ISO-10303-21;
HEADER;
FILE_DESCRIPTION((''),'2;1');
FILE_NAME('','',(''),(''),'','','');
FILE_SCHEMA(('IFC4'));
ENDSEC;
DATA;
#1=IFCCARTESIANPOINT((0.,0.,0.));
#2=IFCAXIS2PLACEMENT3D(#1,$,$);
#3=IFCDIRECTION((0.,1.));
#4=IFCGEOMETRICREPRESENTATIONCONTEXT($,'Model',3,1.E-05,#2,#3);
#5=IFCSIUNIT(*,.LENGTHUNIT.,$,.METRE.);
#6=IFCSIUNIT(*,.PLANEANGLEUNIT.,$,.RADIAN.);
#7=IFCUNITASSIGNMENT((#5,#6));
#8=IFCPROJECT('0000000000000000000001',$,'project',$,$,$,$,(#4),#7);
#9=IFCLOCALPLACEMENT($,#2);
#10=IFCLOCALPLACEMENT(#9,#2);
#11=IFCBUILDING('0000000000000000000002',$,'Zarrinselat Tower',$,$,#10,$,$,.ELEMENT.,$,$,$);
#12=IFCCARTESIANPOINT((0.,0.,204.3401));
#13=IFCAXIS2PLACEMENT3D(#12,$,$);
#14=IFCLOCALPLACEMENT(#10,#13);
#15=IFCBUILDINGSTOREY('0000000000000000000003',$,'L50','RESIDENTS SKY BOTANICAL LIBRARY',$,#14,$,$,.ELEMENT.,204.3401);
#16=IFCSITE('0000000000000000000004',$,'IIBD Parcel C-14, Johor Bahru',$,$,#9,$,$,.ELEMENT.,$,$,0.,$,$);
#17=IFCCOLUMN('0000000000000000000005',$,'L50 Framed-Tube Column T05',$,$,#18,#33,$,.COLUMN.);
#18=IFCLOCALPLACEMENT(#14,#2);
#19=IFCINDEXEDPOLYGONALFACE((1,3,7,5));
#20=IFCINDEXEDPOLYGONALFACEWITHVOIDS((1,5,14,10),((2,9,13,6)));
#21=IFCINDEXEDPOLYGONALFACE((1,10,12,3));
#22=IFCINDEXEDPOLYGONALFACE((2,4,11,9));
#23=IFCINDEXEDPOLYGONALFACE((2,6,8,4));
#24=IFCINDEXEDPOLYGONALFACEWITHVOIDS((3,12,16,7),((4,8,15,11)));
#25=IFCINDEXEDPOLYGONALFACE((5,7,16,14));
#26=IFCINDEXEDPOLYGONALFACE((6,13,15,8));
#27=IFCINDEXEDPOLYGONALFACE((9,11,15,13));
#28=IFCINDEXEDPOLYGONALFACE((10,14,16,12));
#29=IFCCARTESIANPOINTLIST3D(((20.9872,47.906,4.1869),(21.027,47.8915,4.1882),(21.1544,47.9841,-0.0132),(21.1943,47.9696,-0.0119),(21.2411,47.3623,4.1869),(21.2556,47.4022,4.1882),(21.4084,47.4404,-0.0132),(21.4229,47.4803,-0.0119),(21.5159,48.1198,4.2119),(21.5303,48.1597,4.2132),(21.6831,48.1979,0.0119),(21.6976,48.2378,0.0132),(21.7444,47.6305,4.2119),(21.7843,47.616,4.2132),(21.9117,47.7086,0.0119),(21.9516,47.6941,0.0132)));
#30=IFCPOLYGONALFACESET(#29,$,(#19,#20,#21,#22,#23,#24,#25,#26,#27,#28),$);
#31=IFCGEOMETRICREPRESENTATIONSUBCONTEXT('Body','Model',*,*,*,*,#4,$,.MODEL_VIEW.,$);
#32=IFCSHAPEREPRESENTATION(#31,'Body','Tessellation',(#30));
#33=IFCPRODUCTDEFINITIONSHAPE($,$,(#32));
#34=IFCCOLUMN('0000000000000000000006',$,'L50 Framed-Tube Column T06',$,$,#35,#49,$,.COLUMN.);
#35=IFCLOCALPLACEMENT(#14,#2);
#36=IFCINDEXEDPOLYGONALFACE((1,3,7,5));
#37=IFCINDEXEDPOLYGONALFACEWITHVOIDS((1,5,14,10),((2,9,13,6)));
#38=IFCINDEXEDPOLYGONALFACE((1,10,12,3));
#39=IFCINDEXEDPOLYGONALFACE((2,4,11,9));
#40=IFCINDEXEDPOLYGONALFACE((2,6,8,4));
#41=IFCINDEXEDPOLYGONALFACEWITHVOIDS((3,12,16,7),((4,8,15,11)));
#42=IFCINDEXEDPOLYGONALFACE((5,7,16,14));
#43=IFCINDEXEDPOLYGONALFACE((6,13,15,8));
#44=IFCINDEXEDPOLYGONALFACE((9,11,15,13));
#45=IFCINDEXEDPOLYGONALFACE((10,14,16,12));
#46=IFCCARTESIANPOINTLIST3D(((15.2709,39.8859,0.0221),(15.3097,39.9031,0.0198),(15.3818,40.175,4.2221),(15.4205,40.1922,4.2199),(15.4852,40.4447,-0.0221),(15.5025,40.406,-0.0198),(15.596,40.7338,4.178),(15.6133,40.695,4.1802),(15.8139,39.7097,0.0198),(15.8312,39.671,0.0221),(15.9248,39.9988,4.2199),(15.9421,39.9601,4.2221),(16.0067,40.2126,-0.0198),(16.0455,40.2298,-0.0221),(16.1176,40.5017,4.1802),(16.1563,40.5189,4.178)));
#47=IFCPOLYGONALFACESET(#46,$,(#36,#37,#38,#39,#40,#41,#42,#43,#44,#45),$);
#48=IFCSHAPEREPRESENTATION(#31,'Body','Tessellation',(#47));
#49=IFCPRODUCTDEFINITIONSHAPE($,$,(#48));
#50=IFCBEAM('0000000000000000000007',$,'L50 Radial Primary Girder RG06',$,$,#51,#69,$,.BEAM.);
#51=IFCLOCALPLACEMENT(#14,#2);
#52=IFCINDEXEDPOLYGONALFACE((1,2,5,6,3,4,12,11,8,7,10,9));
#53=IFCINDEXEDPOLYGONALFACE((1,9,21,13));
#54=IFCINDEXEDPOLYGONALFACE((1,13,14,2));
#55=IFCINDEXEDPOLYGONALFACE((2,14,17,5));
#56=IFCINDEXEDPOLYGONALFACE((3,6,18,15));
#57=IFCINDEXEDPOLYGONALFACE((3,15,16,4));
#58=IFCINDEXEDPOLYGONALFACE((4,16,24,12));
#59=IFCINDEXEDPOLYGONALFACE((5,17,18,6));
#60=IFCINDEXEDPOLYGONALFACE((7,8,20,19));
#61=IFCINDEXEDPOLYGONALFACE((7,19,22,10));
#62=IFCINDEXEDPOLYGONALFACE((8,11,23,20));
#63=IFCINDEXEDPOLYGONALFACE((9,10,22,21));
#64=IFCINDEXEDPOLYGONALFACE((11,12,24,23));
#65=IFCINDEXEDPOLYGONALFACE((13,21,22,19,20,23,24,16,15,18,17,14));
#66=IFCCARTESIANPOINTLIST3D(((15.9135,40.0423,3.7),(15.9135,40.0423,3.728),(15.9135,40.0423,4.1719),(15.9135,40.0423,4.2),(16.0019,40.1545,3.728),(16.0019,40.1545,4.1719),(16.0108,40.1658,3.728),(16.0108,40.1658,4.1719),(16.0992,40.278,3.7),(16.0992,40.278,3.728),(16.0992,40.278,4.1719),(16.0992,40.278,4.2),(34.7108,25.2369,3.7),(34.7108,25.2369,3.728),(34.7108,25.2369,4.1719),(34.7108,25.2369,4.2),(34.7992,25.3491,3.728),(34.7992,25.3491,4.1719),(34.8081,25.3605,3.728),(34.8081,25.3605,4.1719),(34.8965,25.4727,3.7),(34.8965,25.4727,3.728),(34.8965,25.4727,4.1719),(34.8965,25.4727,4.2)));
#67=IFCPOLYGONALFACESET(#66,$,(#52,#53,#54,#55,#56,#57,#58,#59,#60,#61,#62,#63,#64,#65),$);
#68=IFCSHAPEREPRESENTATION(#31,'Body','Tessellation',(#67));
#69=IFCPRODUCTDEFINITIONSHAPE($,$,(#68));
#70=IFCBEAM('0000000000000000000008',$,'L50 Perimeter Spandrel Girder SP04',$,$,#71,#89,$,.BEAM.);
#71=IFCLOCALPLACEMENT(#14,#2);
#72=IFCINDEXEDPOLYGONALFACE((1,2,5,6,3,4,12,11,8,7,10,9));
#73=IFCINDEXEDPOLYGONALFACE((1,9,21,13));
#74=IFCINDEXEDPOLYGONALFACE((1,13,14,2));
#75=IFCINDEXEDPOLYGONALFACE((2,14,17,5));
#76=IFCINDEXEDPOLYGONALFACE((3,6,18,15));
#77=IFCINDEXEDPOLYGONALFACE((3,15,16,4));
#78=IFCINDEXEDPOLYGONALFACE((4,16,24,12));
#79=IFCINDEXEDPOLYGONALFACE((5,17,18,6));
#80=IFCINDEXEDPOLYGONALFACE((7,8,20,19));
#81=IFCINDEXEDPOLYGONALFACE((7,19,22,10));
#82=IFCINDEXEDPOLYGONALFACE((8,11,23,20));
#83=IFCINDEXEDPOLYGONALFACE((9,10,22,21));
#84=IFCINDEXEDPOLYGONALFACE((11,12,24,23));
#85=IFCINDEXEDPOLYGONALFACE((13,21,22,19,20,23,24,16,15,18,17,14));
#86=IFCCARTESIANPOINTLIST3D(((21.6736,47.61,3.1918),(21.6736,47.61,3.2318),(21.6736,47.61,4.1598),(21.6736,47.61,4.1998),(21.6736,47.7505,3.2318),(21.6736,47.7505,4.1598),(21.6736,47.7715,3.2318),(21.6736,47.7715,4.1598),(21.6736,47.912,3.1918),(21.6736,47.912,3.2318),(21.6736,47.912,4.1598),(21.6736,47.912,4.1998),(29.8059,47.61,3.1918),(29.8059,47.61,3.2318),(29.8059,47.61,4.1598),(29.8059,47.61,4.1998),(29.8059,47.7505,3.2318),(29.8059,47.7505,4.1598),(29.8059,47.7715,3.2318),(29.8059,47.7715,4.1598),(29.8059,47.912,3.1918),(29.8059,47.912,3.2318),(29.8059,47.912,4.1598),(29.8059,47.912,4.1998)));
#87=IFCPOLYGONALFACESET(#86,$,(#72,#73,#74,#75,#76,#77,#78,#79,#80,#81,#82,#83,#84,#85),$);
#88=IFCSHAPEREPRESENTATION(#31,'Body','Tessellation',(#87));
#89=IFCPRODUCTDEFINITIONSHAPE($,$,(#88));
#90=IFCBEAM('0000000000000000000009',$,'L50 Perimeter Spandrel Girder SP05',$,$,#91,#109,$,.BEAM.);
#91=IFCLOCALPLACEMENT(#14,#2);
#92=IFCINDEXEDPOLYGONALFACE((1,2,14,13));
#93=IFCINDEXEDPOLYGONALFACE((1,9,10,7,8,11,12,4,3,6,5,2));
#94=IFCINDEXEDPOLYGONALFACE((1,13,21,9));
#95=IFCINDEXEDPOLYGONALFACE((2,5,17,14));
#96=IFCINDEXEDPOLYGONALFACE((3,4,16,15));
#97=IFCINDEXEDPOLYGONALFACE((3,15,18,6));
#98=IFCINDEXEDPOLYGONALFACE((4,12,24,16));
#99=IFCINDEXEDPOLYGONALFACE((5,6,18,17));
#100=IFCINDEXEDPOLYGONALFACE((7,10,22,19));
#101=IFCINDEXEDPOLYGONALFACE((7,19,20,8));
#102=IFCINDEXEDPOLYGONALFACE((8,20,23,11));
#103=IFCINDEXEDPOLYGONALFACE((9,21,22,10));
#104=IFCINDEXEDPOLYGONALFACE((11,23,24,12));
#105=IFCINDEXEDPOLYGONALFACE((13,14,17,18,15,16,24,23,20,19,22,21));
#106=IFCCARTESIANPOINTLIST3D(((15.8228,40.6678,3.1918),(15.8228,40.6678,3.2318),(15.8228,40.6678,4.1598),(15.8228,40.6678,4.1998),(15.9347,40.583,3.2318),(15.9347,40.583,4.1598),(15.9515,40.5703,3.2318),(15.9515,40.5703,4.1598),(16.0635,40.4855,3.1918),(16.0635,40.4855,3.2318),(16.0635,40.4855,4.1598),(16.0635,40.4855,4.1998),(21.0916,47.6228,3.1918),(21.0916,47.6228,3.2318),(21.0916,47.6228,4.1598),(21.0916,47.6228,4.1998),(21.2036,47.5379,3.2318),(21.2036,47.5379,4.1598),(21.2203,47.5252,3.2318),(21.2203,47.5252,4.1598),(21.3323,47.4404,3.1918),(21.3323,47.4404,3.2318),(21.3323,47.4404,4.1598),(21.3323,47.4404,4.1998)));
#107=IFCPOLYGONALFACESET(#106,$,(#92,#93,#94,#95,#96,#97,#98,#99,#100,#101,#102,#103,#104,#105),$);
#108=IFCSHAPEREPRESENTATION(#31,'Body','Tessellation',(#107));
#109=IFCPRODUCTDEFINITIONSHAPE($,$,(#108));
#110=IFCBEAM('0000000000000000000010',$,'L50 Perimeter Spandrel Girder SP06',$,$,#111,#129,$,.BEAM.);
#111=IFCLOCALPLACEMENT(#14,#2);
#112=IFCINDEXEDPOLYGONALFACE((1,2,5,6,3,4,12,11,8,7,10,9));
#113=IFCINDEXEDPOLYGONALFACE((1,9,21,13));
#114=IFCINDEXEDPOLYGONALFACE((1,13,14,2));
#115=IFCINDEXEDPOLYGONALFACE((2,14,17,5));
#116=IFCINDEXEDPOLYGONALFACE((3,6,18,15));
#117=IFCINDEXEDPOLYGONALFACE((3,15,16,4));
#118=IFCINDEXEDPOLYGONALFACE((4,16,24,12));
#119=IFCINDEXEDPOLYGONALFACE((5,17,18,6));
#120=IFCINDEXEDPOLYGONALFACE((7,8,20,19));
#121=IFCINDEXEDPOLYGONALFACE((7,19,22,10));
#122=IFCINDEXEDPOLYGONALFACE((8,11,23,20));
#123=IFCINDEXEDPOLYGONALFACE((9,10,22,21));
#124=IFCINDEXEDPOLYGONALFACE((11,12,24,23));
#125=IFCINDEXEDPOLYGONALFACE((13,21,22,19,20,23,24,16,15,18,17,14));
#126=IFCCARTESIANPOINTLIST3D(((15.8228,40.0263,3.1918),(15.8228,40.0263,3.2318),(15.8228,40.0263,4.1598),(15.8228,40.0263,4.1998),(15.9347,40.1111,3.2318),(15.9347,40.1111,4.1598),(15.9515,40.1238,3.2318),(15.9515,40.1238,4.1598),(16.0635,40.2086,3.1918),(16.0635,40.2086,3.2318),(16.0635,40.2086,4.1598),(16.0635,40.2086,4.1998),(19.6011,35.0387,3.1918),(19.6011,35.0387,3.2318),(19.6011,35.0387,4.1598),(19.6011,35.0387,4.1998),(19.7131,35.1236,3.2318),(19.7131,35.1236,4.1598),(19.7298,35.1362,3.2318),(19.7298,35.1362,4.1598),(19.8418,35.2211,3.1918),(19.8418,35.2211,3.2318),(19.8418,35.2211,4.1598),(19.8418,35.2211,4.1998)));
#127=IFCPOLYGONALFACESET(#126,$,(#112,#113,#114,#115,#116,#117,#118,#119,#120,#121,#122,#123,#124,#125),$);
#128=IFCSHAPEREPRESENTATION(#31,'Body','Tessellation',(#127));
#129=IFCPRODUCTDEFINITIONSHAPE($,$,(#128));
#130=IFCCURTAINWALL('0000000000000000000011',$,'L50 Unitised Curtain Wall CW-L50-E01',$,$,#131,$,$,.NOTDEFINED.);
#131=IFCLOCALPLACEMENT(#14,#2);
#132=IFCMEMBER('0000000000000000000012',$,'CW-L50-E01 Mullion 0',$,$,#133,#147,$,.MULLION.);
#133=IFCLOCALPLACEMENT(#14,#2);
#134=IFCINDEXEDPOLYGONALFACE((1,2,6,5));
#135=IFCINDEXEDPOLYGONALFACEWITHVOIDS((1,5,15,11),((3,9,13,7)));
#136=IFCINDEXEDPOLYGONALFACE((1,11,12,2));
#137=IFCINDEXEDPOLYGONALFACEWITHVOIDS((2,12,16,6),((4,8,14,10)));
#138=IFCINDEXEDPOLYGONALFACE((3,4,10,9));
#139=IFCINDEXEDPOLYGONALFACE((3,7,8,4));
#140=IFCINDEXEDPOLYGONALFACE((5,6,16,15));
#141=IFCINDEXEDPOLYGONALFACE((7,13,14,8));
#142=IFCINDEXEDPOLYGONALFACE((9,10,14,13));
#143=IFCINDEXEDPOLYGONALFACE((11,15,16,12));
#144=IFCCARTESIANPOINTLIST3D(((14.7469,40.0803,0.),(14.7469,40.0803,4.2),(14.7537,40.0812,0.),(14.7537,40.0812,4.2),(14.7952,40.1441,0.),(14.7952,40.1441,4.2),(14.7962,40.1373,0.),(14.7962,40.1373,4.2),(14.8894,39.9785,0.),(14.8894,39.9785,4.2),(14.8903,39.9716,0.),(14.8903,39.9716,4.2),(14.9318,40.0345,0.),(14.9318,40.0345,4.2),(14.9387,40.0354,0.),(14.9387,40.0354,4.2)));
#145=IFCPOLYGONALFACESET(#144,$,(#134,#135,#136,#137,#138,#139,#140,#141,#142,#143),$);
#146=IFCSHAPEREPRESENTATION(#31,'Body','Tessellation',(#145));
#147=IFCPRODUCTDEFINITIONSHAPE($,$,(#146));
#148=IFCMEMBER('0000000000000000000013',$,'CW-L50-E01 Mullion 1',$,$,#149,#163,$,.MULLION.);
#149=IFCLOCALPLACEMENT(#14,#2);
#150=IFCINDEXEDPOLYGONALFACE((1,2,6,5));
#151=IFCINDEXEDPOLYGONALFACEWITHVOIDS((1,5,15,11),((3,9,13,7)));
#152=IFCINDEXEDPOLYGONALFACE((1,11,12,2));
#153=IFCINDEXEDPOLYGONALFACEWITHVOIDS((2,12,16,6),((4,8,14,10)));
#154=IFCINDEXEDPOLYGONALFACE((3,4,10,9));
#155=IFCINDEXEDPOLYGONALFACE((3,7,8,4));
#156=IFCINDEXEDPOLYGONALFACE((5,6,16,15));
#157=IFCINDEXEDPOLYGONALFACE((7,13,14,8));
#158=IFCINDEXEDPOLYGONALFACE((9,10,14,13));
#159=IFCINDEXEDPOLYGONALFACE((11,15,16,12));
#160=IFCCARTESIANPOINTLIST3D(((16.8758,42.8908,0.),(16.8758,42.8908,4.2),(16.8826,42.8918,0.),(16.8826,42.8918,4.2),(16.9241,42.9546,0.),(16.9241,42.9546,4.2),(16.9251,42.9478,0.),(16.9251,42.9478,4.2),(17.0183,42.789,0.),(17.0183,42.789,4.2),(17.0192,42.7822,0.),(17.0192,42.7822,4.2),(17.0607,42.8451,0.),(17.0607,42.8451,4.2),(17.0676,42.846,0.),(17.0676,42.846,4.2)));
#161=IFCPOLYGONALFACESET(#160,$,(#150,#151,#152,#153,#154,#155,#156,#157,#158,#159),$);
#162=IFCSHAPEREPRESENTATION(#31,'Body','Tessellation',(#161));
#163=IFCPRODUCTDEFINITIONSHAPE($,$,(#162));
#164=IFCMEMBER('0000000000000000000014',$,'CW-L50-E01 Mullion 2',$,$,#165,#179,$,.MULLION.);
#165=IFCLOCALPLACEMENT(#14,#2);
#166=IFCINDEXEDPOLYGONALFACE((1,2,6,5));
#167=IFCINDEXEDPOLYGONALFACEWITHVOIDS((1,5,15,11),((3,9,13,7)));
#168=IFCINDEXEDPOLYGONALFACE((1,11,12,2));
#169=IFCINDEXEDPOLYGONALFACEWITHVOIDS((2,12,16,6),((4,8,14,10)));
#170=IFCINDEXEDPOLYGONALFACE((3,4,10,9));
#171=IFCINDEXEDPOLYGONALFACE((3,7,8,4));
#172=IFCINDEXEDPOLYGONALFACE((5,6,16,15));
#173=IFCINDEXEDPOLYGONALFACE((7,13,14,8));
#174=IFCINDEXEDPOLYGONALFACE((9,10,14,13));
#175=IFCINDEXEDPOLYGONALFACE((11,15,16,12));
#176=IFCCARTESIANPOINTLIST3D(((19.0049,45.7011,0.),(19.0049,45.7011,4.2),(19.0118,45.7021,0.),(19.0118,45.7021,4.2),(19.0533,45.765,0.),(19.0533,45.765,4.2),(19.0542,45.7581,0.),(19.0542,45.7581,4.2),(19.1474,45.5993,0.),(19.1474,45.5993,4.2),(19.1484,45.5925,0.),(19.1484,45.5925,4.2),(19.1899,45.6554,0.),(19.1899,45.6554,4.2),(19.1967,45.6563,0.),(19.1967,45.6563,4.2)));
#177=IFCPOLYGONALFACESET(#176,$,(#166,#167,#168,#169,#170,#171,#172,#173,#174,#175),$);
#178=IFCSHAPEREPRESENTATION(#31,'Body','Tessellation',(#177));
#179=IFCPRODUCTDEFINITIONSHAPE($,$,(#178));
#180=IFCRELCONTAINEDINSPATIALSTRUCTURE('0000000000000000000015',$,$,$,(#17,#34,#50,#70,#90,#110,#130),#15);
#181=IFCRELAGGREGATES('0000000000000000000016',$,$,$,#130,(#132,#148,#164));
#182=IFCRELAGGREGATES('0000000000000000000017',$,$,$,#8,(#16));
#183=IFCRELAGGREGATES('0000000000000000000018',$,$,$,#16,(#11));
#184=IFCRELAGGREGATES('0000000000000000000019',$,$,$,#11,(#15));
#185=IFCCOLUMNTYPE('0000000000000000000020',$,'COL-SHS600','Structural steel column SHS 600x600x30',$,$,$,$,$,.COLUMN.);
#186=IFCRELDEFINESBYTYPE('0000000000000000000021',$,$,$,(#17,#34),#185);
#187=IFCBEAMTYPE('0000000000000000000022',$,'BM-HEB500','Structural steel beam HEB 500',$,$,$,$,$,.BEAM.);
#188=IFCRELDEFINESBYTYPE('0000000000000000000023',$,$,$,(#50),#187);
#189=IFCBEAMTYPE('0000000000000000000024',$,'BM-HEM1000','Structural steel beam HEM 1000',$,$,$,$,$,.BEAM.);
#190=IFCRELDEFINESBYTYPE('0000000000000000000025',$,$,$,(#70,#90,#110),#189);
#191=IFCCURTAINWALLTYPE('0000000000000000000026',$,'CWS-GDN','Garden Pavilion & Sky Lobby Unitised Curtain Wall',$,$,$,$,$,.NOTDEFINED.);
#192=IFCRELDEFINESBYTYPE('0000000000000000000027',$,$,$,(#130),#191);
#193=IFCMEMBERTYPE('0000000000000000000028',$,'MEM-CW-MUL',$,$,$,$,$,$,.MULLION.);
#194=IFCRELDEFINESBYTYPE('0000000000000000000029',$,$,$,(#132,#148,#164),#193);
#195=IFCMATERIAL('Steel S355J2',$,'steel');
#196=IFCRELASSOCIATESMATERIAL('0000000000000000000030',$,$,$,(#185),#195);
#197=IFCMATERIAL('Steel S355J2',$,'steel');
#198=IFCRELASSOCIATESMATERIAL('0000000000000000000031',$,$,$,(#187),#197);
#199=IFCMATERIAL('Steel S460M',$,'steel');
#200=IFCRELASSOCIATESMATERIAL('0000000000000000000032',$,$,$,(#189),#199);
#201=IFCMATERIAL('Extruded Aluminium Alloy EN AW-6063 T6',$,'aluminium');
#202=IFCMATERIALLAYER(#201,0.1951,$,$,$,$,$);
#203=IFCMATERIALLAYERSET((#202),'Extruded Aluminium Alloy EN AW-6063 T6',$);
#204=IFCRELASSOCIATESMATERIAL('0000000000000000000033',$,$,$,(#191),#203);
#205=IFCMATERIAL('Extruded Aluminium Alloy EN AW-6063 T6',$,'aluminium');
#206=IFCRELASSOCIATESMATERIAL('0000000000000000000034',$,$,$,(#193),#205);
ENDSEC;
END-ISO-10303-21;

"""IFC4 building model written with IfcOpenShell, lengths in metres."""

from ifc_helpers import new_model, si_unit, direction, frame, origin, origin_2d, place, context, subcontext, project, spatial, hollow_rectangle, i_section, extrude, material, layer, layer_set, material_profile, profile_set, type_object, element, aggregate, save


model = new_model("IFC4")

# Units and contexts
model_context = context("Model", 3, precision=1e-05, world=origin(), true_north=direction((0.0, 1.0)))
body_context = subcontext(model_context, "Body", "Model", "MODEL_VIEW")
ifc_project = project(units=[si_unit("LENGTHUNIT", "METRE"), si_unit("PLANEANGLEUNIT", "RADIAN")], contexts=[model_context])

# Site, building, storey
site_placement = place(None, origin())
site = spatial("IfcSite", under=ifc_project, at=site_placement, Name="IIBD Parcel C-14, Johor Bahru", CompositionType="ELEMENT", RefElevation=0.0)
building_placement = place(site_placement, origin())
building = spatial("IfcBuilding", under=site, at=building_placement, Name="Zarrinselat Tower", CompositionType="ELEMENT")
storey_placement = place(building_placement, frame((0.0, 0.0, 204.3401)))
storey = spatial("IfcBuildingStorey", under=building, at=storey_placement, Name="L50", Description="RESIDENTS SKY BOTANICAL LIBRARY", CompositionType="ELEMENT", Elevation=204.3401)

# Columns
ifc_material_1 = material(Name="Steel S355J2", Category="steel")
ifc_material_profile_1 = material_profile(ifc_material_1, hollow_rectangle(XDim=0.6001, YDim=0.6001, WallThickness=0.03, at=origin_2d()), Name="SHS 600x600x30")
ifc_profile_set_1 = profile_set([ifc_material_profile_1], Name="Steel S355J2")
column_type = type_object("IfcColumnType", Name="COL-SHS600", Description="Structural steel column SHS 600x600x30", PredefinedType="COLUMN", material=ifc_profile_set_1)
column_1_placement = place(storey_placement, frame((21.553, 47.8391, 0.0), z_axis=(-0.03978, -0.018583, 0.999036), x_axis=(0.423247, -0.906014, 0.0)))
element("IfcColumn", 1, at=column_1_placement, inside=storey, type_object=column_type, Name="L50 Framed-Tube Column T05", PredefinedType="COLUMN", context=body_context, shape_type="SweptSolid", body=[
    extrude(hollow_rectangle(XDim=0.6001, YDim=0.6001, WallThickness=0.03, at=origin_2d()), origin(), (0.0, 0.0, 1.0), 4.2041),
])
column_2_placement = place(storey_placement, frame((15.6582, 40.0579, 0.0), z_axis=(0.026319, 0.068639, 0.997294), x_axis=(-0.933711, 0.358028, 0.0)))
element("IfcColumn", 2, at=column_2_placement, inside=storey, type_object=column_type, Name="L50 Framed-Tube Column T06", PredefinedType="COLUMN", context=body_context, shape_type="SweptSolid", body=[
    extrude(hollow_rectangle(XDim=0.6001, YDim=0.6001, WallThickness=0.03, at=origin_2d()), origin(), (0.0, 0.0, 1.0), 4.2114),
])

# Beams
ifc_material_2 = material(Name="Steel S355J2", Category="steel")
ifc_material_profile_2 = material_profile(ifc_material_2, i_section(OverallWidth=0.3, OverallDepth=0.5, WebThickness=0.0144, FlangeThickness=0.0281, at=origin_2d()), Name="HEB 500")
ifc_profile_set_2 = profile_set([ifc_material_profile_2], Name="Steel S355J2")
beam_type_1 = type_object("IfcBeamType", Name="BM-HEB500", Description="Structural steel beam HEB 500", PredefinedType="BEAM", material=ifc_profile_set_2)
beam_1_placement = place(storey_placement, frame((16.0063, 40.1602, 3.95), z_axis=(0.785586, -0.618753, 0.0), x_axis=(0.618753, 0.785586, 0.0)))
element("IfcBeam", 3, at=beam_1_placement, inside=storey, type_object=beam_type_1, Name="L50 Radial Primary Girder RG06", PredefinedType="BEAM", context=body_context, shape_type="SweptSolid", body=[
    extrude(i_section(OverallWidth=0.3, OverallDepth=0.5, WebThickness=0.0144, FlangeThickness=0.0281, at=origin_2d()), origin(), (0.0, 0.0, 1.0), 23.9277),
])
ifc_material_3 = material(Name="Steel S460M", Category="steel")
ifc_material_profile_3 = material_profile(ifc_material_3, i_section(OverallWidth=0.302, OverallDepth=1.0081, WebThickness=0.021, FlangeThickness=0.04, at=origin_2d()), Name="HEM 1000")
ifc_profile_set_3 = profile_set([ifc_material_profile_3], Name="Steel S460M")
beam_type_2 = type_object("IfcBeamType", Name="BM-HEM1000", Description="Structural steel beam HEM 1000", PredefinedType="BEAM", material=ifc_profile_set_3)
beam_2_placement = place(storey_placement, frame((21.6736, 47.761, 3.6958), z_axis=(1.0, 0.0, 0.0), x_axis=(0.0, 1.0, 0.0)))
element("IfcBeam", 4, at=beam_2_placement, inside=storey, type_object=beam_type_2, Name="L50 Perimeter Spandrel Girder SP04", PredefinedType="BEAM", context=body_context, shape_type="SweptSolid", body=[
    extrude(i_section(OverallWidth=0.302, OverallDepth=1.0081, WebThickness=0.021, FlangeThickness=0.04, at=origin_2d()), origin(), (0.0, 0.0, 1.0), 8.1323),
])
beam_3_placement = place(storey_placement, frame((15.9431, 40.5767, 3.6958), z_axis=(0.603857, 0.797093, 0.0), x_axis=(-0.797093, 0.603857, 0.0)))
element("IfcBeam", 5, at=beam_3_placement, inside=storey, type_object=beam_type_2, Name="L50 Perimeter Spandrel Girder SP05", PredefinedType="BEAM", context=body_context, shape_type="SweptSolid", body=[
    extrude(i_section(OverallWidth=0.302, OverallDepth=1.0081, WebThickness=0.021, FlangeThickness=0.04, at=origin_2d()), origin(), (0.0, 0.0, 1.0), 8.7253),
])
beam_4_placement = place(storey_placement, frame((15.9431, 40.1174, 3.6958), z_axis=(0.603845, -0.797102, 0.0), x_axis=(0.797102, 0.603845, 0.0)))
element("IfcBeam", 6, at=beam_4_placement, inside=storey, type_object=beam_type_2, Name="L50 Perimeter Spandrel Girder SP06", PredefinedType="BEAM", context=body_context, shape_type="SweptSolid", body=[
    extrude(i_section(OverallWidth=0.302, OverallDepth=1.0081, WebThickness=0.021, FlangeThickness=0.04, at=origin_2d()), origin(), (0.0, 0.0, 1.0), 6.2571),
])

# Curtain wall, members
ifc_material_4 = material(Name="Extruded Aluminium Alloy EN AW-6063 T6", Category="aluminium")
ifc_layer_1 = layer(ifc_material_4, 0.1951)
ifc_layer_set_1 = layer_set([ifc_layer_1], Name="Extruded Aluminium Alloy EN AW-6063 T6")
curtain_wall_type = type_object("IfcCurtainWallType", Name="CWS-GDN", Description="Garden Pavilion & Sky Lobby Unitised Curtain Wall", PredefinedType="NOTDEFINED", material=ifc_layer_set_1)
curtain_wall_1_placement = place(storey_placement, origin())
curtain_wall_1 = element("IfcCurtainWall", 7, at=curtain_wall_1_placement, inside=storey, type_object=curtain_wall_type, Name="L50 Unitised Curtain Wall CW-L50-E01", PredefinedType="NOTDEFINED")
ifc_material_5 = material(Name="Extruded Aluminium Alloy EN AW-6063 T6", Category="aluminium")
ifc_material_profile_4 = material_profile(ifc_material_5, hollow_rectangle(XDim=0.0801, YDim=0.1799, WallThickness=0.0049, at=origin_2d()), Name="RHS 180x80x5")
ifc_profile_set_4 = profile_set([ifc_material_profile_4], Name="Extruded Aluminium Alloy EN AW-6063 T6")
member_type_1 = type_object("IfcMemberType", Name="MEM-CW-MUL", PredefinedType="MULLION", material=ifc_profile_set_4)
member_1_placement = place(storey_placement, frame((14.8428, 40.0579, 0.0), z_axis=(0.0, 0.0, 1.0), x_axis=(0.603858, 0.797092, 0.0)))
member_1 = element("IfcMember", 8, at=member_1_placement, type_object=member_type_1, Name="CW-L50-E01 Mullion 0", PredefinedType="MULLION", context=body_context, shape_type="SweptSolid", body=[
    extrude(hollow_rectangle(XDim=0.0801, YDim=0.1799, WallThickness=0.0049, at=origin_2d()), origin(), (0.0, 0.0, 1.0), 4.2),
])
member_2_placement = place(storey_placement, frame((16.9717, 42.8684, 0.0), z_axis=(0.0, 0.0, 1.0), x_axis=(0.603858, 0.797092, 0.0)))
member_2 = element("IfcMember", 9, at=member_2_placement, type_object=member_type_1, Name="CW-L50-E01 Mullion 1", PredefinedType="MULLION", context=body_context, shape_type="SweptSolid", body=[
    extrude(hollow_rectangle(XDim=0.0801, YDim=0.1799, WallThickness=0.0049, at=origin_2d()), origin(), (0.0, 0.0, 1.0), 4.2),
])
member_3_placement = place(storey_placement, frame((19.1008, 45.6787, 0.0), z_axis=(0.0, 0.0, 1.0), x_axis=(0.603858, 0.797092, 0.0)))
member_3 = element("IfcMember", 10, at=member_3_placement, type_object=member_type_1, Name="CW-L50-E01 Mullion 2", PredefinedType="MULLION", context=body_context, shape_type="SweptSolid", body=[
    extrude(hollow_rectangle(XDim=0.0801, YDim=0.1799, WallThickness=0.0049, at=origin_2d()), origin(), (0.0, 0.0, 1.0), 4.2),
])

aggregate(curtain_wall_1, [member_1, member_2, member_3])

save(model, "model.ifc")
